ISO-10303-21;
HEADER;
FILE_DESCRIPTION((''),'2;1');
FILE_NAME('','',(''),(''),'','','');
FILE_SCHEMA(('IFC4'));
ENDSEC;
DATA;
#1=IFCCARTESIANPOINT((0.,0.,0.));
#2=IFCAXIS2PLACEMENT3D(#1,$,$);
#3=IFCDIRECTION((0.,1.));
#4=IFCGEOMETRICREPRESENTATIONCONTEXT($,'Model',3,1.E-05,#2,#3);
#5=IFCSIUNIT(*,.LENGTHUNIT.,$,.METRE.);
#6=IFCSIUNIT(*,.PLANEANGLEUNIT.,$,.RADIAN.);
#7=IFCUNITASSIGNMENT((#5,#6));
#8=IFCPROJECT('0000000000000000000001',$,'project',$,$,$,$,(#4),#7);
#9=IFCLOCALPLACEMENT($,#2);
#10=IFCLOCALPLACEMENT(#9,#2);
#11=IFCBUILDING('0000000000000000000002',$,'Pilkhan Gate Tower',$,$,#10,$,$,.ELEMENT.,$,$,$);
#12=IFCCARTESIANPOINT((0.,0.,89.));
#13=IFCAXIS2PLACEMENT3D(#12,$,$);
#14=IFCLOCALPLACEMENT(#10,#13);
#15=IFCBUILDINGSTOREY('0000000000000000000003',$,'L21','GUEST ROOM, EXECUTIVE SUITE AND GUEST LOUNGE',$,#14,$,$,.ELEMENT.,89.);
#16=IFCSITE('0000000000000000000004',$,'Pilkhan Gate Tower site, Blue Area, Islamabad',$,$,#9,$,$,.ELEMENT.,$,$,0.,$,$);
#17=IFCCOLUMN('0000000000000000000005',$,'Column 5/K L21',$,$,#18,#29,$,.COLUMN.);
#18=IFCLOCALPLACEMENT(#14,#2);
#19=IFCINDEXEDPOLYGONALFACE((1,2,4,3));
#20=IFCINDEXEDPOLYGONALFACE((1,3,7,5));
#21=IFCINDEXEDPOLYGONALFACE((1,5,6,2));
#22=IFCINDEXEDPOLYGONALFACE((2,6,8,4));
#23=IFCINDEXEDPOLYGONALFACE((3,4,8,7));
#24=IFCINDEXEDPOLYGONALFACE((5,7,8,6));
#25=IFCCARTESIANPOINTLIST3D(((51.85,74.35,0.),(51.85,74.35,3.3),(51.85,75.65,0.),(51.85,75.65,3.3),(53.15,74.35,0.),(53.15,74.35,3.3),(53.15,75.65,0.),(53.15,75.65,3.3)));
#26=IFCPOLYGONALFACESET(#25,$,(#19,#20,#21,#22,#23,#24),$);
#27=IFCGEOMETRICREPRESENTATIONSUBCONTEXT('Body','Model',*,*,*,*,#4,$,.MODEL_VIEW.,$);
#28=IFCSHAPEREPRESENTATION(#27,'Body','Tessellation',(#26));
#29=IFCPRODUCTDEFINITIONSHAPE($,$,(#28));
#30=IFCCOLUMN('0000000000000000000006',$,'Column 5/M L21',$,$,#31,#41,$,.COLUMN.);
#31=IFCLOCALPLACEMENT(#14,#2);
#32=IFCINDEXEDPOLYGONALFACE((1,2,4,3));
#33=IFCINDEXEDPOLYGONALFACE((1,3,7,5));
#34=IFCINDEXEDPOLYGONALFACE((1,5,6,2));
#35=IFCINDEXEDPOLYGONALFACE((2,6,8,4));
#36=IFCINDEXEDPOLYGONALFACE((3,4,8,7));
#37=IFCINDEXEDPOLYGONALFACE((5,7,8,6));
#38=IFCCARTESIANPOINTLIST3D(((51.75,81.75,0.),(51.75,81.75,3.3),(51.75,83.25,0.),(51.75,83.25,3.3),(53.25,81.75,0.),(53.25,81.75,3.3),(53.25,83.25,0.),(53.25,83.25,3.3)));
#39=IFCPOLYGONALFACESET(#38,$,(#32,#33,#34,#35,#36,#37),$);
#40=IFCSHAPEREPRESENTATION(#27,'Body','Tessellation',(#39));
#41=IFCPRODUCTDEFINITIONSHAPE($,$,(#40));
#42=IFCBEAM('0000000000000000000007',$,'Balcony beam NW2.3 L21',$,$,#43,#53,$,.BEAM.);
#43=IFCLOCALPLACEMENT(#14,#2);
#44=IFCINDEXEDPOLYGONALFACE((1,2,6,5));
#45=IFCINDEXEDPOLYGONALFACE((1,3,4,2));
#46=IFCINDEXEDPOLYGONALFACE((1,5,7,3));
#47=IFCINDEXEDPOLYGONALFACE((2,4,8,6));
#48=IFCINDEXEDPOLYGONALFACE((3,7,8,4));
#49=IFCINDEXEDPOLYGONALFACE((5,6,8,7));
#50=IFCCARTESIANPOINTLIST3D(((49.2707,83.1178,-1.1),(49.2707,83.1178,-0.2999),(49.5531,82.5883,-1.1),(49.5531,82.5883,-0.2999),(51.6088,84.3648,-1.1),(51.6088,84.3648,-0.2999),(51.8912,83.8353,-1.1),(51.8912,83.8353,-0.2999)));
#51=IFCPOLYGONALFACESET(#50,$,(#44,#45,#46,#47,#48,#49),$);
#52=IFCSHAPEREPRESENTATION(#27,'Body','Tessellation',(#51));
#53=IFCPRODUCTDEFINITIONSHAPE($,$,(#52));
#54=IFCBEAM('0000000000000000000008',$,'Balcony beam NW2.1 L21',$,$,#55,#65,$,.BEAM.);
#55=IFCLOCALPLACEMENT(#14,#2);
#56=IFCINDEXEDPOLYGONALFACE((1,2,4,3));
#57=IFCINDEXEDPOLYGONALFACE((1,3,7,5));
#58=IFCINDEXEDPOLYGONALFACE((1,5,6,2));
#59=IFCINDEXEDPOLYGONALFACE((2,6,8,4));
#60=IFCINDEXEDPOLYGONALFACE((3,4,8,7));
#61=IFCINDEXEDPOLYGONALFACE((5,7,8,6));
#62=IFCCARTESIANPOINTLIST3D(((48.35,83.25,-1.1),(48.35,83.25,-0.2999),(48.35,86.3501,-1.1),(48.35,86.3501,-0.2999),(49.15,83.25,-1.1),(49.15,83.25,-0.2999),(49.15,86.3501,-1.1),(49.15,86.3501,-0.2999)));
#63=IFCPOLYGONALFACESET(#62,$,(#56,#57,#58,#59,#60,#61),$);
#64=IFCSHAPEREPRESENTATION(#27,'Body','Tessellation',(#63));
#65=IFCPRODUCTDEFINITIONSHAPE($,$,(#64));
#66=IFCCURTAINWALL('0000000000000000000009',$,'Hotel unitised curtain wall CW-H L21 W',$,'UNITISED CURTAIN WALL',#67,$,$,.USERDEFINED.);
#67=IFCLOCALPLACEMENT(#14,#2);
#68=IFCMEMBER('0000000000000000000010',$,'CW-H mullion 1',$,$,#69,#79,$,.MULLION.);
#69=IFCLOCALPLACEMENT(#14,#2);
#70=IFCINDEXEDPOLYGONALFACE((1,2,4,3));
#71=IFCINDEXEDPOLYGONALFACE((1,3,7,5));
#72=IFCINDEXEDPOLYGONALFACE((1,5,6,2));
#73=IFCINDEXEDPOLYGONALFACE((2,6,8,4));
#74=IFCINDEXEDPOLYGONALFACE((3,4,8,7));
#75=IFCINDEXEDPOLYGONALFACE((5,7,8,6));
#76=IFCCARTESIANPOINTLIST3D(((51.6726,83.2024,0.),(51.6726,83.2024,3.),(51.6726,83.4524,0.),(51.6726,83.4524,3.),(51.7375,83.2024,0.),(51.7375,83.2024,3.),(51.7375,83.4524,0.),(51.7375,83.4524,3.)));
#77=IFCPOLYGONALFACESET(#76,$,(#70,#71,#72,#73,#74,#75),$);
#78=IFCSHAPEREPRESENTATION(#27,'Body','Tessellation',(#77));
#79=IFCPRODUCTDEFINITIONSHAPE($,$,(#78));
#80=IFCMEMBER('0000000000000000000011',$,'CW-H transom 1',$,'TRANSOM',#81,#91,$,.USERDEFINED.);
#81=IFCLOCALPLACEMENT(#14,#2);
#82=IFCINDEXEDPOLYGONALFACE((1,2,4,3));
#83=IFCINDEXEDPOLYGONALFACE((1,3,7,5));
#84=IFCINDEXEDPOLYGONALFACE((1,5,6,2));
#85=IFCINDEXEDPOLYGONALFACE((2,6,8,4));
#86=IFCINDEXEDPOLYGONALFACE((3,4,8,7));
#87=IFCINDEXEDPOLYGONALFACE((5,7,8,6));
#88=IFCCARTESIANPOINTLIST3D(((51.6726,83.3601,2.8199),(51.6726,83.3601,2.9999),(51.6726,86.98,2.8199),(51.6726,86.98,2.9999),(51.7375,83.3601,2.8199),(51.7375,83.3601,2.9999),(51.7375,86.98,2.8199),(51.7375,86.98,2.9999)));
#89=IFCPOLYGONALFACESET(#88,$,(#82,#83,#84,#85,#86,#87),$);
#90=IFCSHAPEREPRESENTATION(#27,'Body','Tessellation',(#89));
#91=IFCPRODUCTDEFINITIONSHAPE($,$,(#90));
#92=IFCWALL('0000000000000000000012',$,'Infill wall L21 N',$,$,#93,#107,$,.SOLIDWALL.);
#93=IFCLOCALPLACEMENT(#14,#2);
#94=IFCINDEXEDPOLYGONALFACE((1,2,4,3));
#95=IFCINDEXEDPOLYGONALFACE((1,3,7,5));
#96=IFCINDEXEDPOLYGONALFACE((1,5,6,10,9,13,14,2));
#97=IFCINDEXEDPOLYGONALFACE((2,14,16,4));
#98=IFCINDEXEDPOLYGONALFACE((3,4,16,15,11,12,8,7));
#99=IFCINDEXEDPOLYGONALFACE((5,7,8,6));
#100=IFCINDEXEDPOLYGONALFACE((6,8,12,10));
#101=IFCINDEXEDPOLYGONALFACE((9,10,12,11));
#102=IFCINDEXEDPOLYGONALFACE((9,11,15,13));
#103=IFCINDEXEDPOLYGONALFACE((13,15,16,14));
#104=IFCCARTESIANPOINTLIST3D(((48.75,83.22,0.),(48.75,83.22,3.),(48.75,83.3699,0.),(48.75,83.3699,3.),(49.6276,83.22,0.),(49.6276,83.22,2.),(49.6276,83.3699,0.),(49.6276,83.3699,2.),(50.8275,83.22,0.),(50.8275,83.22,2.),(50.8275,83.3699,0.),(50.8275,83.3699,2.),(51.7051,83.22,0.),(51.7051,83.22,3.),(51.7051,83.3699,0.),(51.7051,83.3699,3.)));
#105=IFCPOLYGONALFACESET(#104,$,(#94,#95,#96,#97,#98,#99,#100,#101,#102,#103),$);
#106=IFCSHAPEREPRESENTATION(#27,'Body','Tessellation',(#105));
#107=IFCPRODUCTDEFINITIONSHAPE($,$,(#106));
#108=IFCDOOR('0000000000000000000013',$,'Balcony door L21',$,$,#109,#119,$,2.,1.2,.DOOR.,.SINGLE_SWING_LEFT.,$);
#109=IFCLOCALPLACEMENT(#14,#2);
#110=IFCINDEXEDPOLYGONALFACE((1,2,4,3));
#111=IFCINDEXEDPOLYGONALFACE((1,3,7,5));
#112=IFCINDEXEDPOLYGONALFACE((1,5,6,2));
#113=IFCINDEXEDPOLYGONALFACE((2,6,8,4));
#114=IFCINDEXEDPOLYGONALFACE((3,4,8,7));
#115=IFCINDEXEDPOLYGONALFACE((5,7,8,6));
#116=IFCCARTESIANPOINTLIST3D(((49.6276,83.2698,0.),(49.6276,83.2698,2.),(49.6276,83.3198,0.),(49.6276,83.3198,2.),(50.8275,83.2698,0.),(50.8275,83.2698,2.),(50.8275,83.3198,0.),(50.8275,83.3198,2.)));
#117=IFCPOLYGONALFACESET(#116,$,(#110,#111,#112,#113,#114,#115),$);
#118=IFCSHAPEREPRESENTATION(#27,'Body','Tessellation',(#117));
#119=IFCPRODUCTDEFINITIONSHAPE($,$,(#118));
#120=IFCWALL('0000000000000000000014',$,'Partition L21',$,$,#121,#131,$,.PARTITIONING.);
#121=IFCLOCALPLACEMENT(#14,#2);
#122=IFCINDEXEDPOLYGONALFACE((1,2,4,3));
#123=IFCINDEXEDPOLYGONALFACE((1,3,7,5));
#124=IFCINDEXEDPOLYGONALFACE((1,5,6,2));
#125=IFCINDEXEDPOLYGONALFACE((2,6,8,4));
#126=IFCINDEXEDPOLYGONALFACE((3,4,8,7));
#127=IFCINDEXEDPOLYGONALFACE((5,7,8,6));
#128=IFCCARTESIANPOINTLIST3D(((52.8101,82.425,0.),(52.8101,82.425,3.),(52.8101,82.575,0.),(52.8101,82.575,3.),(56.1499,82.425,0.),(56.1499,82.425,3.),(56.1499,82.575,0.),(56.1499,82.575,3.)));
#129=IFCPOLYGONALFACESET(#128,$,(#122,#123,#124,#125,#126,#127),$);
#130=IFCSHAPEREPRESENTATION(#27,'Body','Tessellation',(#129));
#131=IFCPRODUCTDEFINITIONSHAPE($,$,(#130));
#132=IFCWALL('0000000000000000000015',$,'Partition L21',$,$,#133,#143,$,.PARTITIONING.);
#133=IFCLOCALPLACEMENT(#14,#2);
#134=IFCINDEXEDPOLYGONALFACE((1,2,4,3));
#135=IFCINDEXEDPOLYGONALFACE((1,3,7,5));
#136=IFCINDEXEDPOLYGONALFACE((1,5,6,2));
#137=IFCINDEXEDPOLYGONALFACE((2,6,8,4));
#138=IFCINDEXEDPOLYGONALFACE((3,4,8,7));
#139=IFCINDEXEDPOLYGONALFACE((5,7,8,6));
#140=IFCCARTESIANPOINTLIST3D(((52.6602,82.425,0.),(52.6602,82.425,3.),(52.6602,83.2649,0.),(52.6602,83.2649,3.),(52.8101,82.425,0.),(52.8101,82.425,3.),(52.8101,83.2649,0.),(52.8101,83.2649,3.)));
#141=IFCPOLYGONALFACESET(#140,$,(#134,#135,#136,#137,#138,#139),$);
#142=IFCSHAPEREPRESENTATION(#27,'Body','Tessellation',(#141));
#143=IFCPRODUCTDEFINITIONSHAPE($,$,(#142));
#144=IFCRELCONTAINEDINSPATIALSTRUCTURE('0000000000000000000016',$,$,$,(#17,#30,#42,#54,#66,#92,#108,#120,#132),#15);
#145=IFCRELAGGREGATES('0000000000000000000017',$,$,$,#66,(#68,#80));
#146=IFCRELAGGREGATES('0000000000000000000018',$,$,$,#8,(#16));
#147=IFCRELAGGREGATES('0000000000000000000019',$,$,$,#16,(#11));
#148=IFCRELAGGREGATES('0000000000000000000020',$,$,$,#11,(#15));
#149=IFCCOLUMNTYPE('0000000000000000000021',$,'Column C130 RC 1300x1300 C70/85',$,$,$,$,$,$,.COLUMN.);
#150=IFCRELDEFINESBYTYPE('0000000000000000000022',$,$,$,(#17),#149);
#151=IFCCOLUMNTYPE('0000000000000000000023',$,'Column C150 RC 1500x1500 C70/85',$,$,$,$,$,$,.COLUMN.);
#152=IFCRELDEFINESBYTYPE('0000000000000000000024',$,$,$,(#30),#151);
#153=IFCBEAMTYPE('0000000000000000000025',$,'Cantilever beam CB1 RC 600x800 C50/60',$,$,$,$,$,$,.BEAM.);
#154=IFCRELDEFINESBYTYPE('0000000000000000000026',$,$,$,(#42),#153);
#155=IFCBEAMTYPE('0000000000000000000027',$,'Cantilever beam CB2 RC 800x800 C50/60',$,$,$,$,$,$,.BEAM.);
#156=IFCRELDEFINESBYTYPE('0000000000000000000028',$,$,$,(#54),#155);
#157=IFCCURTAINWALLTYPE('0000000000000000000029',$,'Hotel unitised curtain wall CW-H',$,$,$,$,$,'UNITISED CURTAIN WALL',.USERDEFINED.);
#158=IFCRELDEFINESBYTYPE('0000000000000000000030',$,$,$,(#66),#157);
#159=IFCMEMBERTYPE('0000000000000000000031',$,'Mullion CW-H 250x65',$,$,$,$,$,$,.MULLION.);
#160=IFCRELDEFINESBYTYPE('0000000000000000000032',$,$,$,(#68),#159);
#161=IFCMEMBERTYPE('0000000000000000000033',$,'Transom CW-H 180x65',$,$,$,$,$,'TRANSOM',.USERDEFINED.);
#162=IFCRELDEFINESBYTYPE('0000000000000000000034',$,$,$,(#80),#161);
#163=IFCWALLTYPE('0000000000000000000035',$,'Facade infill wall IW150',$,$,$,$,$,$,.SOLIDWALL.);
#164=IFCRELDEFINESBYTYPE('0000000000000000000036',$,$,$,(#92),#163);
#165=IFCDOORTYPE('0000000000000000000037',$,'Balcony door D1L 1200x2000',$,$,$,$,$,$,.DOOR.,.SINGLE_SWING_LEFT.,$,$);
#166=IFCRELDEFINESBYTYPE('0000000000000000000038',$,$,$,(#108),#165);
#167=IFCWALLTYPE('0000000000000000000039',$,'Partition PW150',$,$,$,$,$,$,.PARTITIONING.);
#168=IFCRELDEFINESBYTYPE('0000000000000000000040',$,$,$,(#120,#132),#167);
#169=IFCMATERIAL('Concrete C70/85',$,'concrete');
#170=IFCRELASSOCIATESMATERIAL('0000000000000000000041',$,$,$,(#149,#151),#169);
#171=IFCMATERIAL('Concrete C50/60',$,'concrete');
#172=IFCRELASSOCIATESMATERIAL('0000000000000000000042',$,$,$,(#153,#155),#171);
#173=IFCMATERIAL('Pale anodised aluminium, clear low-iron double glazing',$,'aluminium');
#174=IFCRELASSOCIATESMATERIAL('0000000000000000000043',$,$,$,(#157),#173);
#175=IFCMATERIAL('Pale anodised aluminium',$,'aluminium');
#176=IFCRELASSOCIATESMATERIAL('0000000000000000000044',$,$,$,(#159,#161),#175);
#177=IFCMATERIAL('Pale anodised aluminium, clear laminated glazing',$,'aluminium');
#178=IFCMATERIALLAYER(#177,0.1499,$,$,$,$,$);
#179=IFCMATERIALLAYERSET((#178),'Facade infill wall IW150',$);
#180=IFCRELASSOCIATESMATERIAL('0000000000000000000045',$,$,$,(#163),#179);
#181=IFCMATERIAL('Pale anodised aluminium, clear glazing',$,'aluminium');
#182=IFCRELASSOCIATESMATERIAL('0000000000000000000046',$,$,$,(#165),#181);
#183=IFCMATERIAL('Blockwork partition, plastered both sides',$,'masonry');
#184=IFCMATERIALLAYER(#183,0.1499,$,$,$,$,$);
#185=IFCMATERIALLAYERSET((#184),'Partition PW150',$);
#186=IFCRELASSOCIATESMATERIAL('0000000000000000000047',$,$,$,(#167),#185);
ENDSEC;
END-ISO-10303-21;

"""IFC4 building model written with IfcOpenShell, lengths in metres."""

from ifc_helpers import new_model, si_unit, direction, frame, frame_2d, origin, origin_2d, place, context, subcontext, project, spatial, rectangle, extrude, material, layer, layer_set, material_profile, profile_set, type_object, element, fill, aggregate, save


model = new_model("IFC4")

# Units and contexts
model_context = context("Model", 3, precision=1e-05, world=origin(), true_north=direction((0.0, 1.0)))
body_context = subcontext(model_context, "Body", "Model", "MODEL_VIEW")
ifc_project = project(units=[si_unit("LENGTHUNIT", "METRE"), si_unit("PLANEANGLEUNIT", "RADIAN")], contexts=[model_context])

# Site, building, storey
site_placement = place(None, origin())
site = spatial("IfcSite", under=ifc_project, at=site_placement, Name="Pilkhan Gate Tower site, Blue Area, Islamabad", CompositionType="ELEMENT", RefElevation=0.0)
building_placement = place(site_placement, origin())
building = spatial("IfcBuilding", under=site, at=building_placement, Name="Pilkhan Gate Tower", CompositionType="ELEMENT")
storey_placement = place(building_placement, frame((0.0, 0.0, 89.0)))
storey = spatial("IfcBuildingStorey", under=building, at=storey_placement, Name="L21", Description="GUEST ROOM, EXECUTIVE SUITE AND GUEST LOUNGE", CompositionType="ELEMENT", Elevation=89.0)

# Columns
ifc_material_1 = material(Name="Concrete C70/85", Category="concrete")
ifc_material_profile_1 = material_profile(ifc_material_1, rectangle(XDim=1.3, YDim=1.3, at=origin_2d()), Name="RC 1300x1300")
ifc_profile_set_1 = profile_set([ifc_material_profile_1], Name="Concrete C70/85")
column_type_1 = type_object("IfcColumnType", Name="Column C130 RC 1300x1300 C70/85", PredefinedType="COLUMN", material=ifc_profile_set_1)
column_1_placement = place(storey_placement, frame((52.5, 75.0, 0.0), z_axis=(0.0, 0.0, 1.0), x_axis=(1.0, 0.0, 0.0)))
element("IfcColumn", 1, at=column_1_placement, inside=storey, type_object=column_type_1, Name="Column 5/K L21", PredefinedType="COLUMN", context=body_context, shape_type="SweptSolid", body=[
    extrude(rectangle(XDim=1.3, YDim=1.3, at=origin_2d()), origin(), (0.0, 0.0, 1.0), 3.3),
])
ifc_material_profile_2 = material_profile(ifc_material_1, rectangle(XDim=1.5, YDim=1.5, at=origin_2d()), Name="RC 1500x1500")
ifc_profile_set_2 = profile_set([ifc_material_profile_2], Name="Concrete C70/85")
column_type_2 = type_object("IfcColumnType", Name="Column C150 RC 1500x1500 C70/85", PredefinedType="COLUMN", material=ifc_profile_set_2)
column_2_placement = place(storey_placement, frame((52.5, 82.5, 0.0), z_axis=(0.0, 0.0, 1.0), x_axis=(1.0, 0.0, 0.0)))
element("IfcColumn", 2, at=column_2_placement, inside=storey, type_object=column_type_2, Name="Column 5/M L21", PredefinedType="COLUMN", context=body_context, shape_type="SweptSolid", body=[
    extrude(rectangle(XDim=1.5, YDim=1.5, at=origin_2d()), origin(), (0.0, 0.0, 1.0), 3.3),
])

# Beams
ifc_material_2 = material(Name="Concrete C50/60", Category="concrete")
ifc_material_profile_3 = material_profile(ifc_material_2, rectangle(XDim=0.6001, YDim=0.8, at=origin_2d()), Name="RC 600x800")
ifc_profile_set_3 = profile_set([ifc_material_profile_3], Name="Concrete C50/60")
beam_type_1 = type_object("IfcBeamType", Name="Cantilever beam CB1 RC 600x800 C50/60", PredefinedType="BEAM", material=ifc_profile_set_3)
beam_1_placement = place(storey_placement, frame((49.4119, 82.853, -0.7), z_axis=(0.882343, 0.470607, 0.0), x_axis=(-0.470607, 0.882343, 0.0)))
element("IfcBeam", 3, at=beam_1_placement, inside=storey, type_object=beam_type_1, Name="Balcony beam NW2.3 L21", PredefinedType="BEAM", context=body_context, shape_type="SweptSolid", body=[
    extrude(rectangle(XDim=0.6001, YDim=0.8, at=origin_2d()), origin(), (0.0, 0.0, 1.0), 2.6499),
])
ifc_material_profile_4 = material_profile(ifc_material_2, rectangle(XDim=0.8, YDim=0.8, at=origin_2d()), Name="RC 800x800")
ifc_profile_set_4 = profile_set([ifc_material_profile_4], Name="Concrete C50/60")
beam_type_2 = type_object("IfcBeamType", Name="Cantilever beam CB2 RC 800x800 C50/60", PredefinedType="BEAM", material=ifc_profile_set_4)
beam_2_placement = place(storey_placement, frame((48.75, 83.25, -0.7), z_axis=(0.0, 1.0, 0.0), x_axis=(-1.0, 0.0, 0.0)))
element("IfcBeam", 4, at=beam_2_placement, inside=storey, type_object=beam_type_2, Name="Balcony beam NW2.1 L21", PredefinedType="BEAM", context=body_context, shape_type="SweptSolid", body=[
    extrude(rectangle(XDim=0.8, YDim=0.8, at=origin_2d()), origin(), (0.0, 0.0, 1.0), 3.1001),
])

# Curtain wall, members
ifc_material_3 = material(Name="Pale anodised aluminium, clear low-iron double glazing", Category="aluminium")
curtain_wall_type = type_object("IfcCurtainWallType", Name="Hotel unitised curtain wall CW-H", ElementType="UNITISED CURTAIN WALL", PredefinedType="USERDEFINED", material=ifc_material_3)
curtain_wall_placement = place(storey_placement, origin())
curtain_wall = element("IfcCurtainWall", 5, at=curtain_wall_placement, inside=storey, type_object=curtain_wall_type, Name="Hotel unitised curtain wall CW-H L21 W", ObjectType="UNITISED CURTAIN WALL", PredefinedType="USERDEFINED")
ifc_material_4 = material(Name="Pale anodised aluminium", Category="aluminium")
ifc_material_profile_5 = material_profile(ifc_material_4, rectangle(XDim=0.0649, YDim=0.25, at=origin_2d()), Name="Mullion 250x65")
ifc_profile_set_5 = profile_set([ifc_material_profile_5], Name="Pale anodised aluminium")
member_type_1 = type_object("IfcMemberType", Name="Mullion CW-H 250x65", PredefinedType="MULLION", material=ifc_profile_set_5)
member_1_placement = place(storey_placement, frame((51.7051, 83.3274, 0.0), z_axis=(0.0, 0.0, 1.0), x_axis=(-1.0, 0.0, 0.0)))
member_1 = element("IfcMember", 6, at=member_1_placement, type_object=member_type_1, Name="CW-H mullion 1", PredefinedType="MULLION", context=body_context, shape_type="SweptSolid", body=[
    extrude(rectangle(XDim=0.0649, YDim=0.25, at=origin_2d()), origin(), (0.0, 0.0, 1.0), 3.0),
])
ifc_material_profile_6 = material_profile(ifc_material_4, rectangle(XDim=0.0649, YDim=0.1799, at=origin_2d()), Name="Transom 180x65")
ifc_profile_set_6 = profile_set([ifc_material_profile_6], Name="Pale anodised aluminium")
member_type_2 = type_object("IfcMemberType", Name="Transom CW-H 180x65", ElementType="TRANSOM", PredefinedType="USERDEFINED", material=ifc_profile_set_6)
member_2_placement = place(storey_placement, frame((51.7051, 83.3601, 2.9099), z_axis=(0.0, 1.0, 0.0), x_axis=(-1.0, 0.0, 0.0)))
member_2 = element("IfcMember", 7, at=member_2_placement, type_object=member_type_2, Name="CW-H transom 1", ObjectType="TRANSOM", PredefinedType="USERDEFINED", context=body_context, shape_type="SweptSolid", body=[
    extrude(rectangle(XDim=0.0649, YDim=0.1799, at=origin_2d()), origin(), (0.0, 0.0, 1.0), 3.6199),
])
aggregate(curtain_wall, [member_1, member_2])

# Wall, opening, door
ifc_material_5 = material(Name="Pale anodised aluminium, clear laminated glazing", Category="aluminium")
ifc_layer_1 = layer(ifc_material_5, 0.1499)
ifc_layer_set_1 = layer_set([ifc_layer_1], Name="Facade infill wall IW150")
wall_type_1 = type_object("IfcWallType", Name="Facade infill wall IW150", PredefinedType="SOLIDWALL", material=ifc_layer_set_1)
wall_1_placement = place(storey_placement, frame((48.75, 83.2949, 0.0), z_axis=(0.0, 0.0, 1.0), x_axis=(1.0, 0.0, 0.0)))
wall_1 = element("IfcWall", 8, at=wall_1_placement, inside=storey, type_object=wall_type_1, Name="Infill wall L21 N", PredefinedType="SOLIDWALL", context=body_context, shape_type="SweptSolid", body=[
    extrude(rectangle(XDim=2.9551, YDim=0.1499, at=frame_2d((1.4775, 0.0))), origin(), (0.0, 0.0, 1.0), 3.0),
])
opening_1_placement = place(wall_1_placement, frame((0.8774, 0.0, 0.0)))
opening_1 = element("IfcOpeningElement", 9, at=opening_1_placement, cuts=wall_1, PredefinedType="OPENING", context=body_context, shape_type="SweptSolid", body=[
    extrude(rectangle(XDim=1.2, YDim=2.0, at=frame_2d((0.6001, 1.0))), frame((0.0, 0.085, 0.0), z_axis=(0.0, -1.0, 0.0), x_axis=(1.0, 0.0, 0.0)), (0.0, 0.0, 1.0), 0.1699),
])
ifc_material_6 = material(Name="Pale anodised aluminium, clear glazing", Category="aluminium")
door_type_1 = type_object("IfcDoorType", Name="Balcony door D1L 1200x2000", OperationType="SINGLE_SWING_LEFT", PredefinedType="DOOR", material=ifc_material_6)
door_1_placement = place(opening_1_placement, origin())
door_1 = element("IfcDoor", 10, at=door_1_placement, inside=storey, type_object=door_type_1, Name="Balcony door L21", OperationType="SINGLE_SWING_LEFT", OverallHeight=2.0, OverallWidth=1.2, PredefinedType="DOOR", context=body_context, shape_type="SweptSolid", body=[
    extrude(rectangle(XDim=1.2, YDim=2.0, at=frame_2d((0.6001, 1.0))), frame((0.0, 0.0249, 0.0), z_axis=(0.0, -1.0, 0.0), x_axis=(1.0, 0.0, 0.0)), (0.0, 0.0, 1.0), 0.05),
])
fill(opening_1, door_1)

# Walls
ifc_material_7 = material(Name="Blockwork partition, plastered both sides", Category="masonry")
ifc_layer_2 = layer(ifc_material_7, 0.1499)
ifc_layer_set_2 = layer_set([ifc_layer_2], Name="Partition PW150")
wall_type_2 = type_object("IfcWallType", Name="Partition PW150", PredefinedType="PARTITIONING", material=ifc_layer_set_2)
wall_2_placement = place(storey_placement, frame((52.8101, 82.5, 0.0), z_axis=(0.0, 0.0, 1.0), x_axis=(1.0, 0.0, 0.0)))
element("IfcWall", 11, at=wall_2_placement, inside=storey, type_object=wall_type_2, Name="Partition L21", PredefinedType="PARTITIONING", context=body_context, shape_type="SweptSolid", body=[
    extrude(rectangle(XDim=3.3398, YDim=0.1499, at=frame_2d((1.6699, 0.0))), origin(), (0.0, 0.0, 1.0), 3.0),
])
wall_3_placement = place(storey_placement, frame((52.7351, 82.425, 0.0), z_axis=(0.0, 0.0, 1.0), x_axis=(0.0, 1.0, 0.0)))
element("IfcWall", 12, at=wall_3_placement, inside=storey, type_object=wall_type_2, Name="Partition L21", PredefinedType="PARTITIONING", context=body_context, shape_type="SweptSolid", body=[
    extrude(rectangle(XDim=0.8398, YDim=0.1499, at=frame_2d((0.4199, 0.0))), origin(), (0.0, 0.0, 1.0), 3.0),
])

save(model, "model.ifc")
